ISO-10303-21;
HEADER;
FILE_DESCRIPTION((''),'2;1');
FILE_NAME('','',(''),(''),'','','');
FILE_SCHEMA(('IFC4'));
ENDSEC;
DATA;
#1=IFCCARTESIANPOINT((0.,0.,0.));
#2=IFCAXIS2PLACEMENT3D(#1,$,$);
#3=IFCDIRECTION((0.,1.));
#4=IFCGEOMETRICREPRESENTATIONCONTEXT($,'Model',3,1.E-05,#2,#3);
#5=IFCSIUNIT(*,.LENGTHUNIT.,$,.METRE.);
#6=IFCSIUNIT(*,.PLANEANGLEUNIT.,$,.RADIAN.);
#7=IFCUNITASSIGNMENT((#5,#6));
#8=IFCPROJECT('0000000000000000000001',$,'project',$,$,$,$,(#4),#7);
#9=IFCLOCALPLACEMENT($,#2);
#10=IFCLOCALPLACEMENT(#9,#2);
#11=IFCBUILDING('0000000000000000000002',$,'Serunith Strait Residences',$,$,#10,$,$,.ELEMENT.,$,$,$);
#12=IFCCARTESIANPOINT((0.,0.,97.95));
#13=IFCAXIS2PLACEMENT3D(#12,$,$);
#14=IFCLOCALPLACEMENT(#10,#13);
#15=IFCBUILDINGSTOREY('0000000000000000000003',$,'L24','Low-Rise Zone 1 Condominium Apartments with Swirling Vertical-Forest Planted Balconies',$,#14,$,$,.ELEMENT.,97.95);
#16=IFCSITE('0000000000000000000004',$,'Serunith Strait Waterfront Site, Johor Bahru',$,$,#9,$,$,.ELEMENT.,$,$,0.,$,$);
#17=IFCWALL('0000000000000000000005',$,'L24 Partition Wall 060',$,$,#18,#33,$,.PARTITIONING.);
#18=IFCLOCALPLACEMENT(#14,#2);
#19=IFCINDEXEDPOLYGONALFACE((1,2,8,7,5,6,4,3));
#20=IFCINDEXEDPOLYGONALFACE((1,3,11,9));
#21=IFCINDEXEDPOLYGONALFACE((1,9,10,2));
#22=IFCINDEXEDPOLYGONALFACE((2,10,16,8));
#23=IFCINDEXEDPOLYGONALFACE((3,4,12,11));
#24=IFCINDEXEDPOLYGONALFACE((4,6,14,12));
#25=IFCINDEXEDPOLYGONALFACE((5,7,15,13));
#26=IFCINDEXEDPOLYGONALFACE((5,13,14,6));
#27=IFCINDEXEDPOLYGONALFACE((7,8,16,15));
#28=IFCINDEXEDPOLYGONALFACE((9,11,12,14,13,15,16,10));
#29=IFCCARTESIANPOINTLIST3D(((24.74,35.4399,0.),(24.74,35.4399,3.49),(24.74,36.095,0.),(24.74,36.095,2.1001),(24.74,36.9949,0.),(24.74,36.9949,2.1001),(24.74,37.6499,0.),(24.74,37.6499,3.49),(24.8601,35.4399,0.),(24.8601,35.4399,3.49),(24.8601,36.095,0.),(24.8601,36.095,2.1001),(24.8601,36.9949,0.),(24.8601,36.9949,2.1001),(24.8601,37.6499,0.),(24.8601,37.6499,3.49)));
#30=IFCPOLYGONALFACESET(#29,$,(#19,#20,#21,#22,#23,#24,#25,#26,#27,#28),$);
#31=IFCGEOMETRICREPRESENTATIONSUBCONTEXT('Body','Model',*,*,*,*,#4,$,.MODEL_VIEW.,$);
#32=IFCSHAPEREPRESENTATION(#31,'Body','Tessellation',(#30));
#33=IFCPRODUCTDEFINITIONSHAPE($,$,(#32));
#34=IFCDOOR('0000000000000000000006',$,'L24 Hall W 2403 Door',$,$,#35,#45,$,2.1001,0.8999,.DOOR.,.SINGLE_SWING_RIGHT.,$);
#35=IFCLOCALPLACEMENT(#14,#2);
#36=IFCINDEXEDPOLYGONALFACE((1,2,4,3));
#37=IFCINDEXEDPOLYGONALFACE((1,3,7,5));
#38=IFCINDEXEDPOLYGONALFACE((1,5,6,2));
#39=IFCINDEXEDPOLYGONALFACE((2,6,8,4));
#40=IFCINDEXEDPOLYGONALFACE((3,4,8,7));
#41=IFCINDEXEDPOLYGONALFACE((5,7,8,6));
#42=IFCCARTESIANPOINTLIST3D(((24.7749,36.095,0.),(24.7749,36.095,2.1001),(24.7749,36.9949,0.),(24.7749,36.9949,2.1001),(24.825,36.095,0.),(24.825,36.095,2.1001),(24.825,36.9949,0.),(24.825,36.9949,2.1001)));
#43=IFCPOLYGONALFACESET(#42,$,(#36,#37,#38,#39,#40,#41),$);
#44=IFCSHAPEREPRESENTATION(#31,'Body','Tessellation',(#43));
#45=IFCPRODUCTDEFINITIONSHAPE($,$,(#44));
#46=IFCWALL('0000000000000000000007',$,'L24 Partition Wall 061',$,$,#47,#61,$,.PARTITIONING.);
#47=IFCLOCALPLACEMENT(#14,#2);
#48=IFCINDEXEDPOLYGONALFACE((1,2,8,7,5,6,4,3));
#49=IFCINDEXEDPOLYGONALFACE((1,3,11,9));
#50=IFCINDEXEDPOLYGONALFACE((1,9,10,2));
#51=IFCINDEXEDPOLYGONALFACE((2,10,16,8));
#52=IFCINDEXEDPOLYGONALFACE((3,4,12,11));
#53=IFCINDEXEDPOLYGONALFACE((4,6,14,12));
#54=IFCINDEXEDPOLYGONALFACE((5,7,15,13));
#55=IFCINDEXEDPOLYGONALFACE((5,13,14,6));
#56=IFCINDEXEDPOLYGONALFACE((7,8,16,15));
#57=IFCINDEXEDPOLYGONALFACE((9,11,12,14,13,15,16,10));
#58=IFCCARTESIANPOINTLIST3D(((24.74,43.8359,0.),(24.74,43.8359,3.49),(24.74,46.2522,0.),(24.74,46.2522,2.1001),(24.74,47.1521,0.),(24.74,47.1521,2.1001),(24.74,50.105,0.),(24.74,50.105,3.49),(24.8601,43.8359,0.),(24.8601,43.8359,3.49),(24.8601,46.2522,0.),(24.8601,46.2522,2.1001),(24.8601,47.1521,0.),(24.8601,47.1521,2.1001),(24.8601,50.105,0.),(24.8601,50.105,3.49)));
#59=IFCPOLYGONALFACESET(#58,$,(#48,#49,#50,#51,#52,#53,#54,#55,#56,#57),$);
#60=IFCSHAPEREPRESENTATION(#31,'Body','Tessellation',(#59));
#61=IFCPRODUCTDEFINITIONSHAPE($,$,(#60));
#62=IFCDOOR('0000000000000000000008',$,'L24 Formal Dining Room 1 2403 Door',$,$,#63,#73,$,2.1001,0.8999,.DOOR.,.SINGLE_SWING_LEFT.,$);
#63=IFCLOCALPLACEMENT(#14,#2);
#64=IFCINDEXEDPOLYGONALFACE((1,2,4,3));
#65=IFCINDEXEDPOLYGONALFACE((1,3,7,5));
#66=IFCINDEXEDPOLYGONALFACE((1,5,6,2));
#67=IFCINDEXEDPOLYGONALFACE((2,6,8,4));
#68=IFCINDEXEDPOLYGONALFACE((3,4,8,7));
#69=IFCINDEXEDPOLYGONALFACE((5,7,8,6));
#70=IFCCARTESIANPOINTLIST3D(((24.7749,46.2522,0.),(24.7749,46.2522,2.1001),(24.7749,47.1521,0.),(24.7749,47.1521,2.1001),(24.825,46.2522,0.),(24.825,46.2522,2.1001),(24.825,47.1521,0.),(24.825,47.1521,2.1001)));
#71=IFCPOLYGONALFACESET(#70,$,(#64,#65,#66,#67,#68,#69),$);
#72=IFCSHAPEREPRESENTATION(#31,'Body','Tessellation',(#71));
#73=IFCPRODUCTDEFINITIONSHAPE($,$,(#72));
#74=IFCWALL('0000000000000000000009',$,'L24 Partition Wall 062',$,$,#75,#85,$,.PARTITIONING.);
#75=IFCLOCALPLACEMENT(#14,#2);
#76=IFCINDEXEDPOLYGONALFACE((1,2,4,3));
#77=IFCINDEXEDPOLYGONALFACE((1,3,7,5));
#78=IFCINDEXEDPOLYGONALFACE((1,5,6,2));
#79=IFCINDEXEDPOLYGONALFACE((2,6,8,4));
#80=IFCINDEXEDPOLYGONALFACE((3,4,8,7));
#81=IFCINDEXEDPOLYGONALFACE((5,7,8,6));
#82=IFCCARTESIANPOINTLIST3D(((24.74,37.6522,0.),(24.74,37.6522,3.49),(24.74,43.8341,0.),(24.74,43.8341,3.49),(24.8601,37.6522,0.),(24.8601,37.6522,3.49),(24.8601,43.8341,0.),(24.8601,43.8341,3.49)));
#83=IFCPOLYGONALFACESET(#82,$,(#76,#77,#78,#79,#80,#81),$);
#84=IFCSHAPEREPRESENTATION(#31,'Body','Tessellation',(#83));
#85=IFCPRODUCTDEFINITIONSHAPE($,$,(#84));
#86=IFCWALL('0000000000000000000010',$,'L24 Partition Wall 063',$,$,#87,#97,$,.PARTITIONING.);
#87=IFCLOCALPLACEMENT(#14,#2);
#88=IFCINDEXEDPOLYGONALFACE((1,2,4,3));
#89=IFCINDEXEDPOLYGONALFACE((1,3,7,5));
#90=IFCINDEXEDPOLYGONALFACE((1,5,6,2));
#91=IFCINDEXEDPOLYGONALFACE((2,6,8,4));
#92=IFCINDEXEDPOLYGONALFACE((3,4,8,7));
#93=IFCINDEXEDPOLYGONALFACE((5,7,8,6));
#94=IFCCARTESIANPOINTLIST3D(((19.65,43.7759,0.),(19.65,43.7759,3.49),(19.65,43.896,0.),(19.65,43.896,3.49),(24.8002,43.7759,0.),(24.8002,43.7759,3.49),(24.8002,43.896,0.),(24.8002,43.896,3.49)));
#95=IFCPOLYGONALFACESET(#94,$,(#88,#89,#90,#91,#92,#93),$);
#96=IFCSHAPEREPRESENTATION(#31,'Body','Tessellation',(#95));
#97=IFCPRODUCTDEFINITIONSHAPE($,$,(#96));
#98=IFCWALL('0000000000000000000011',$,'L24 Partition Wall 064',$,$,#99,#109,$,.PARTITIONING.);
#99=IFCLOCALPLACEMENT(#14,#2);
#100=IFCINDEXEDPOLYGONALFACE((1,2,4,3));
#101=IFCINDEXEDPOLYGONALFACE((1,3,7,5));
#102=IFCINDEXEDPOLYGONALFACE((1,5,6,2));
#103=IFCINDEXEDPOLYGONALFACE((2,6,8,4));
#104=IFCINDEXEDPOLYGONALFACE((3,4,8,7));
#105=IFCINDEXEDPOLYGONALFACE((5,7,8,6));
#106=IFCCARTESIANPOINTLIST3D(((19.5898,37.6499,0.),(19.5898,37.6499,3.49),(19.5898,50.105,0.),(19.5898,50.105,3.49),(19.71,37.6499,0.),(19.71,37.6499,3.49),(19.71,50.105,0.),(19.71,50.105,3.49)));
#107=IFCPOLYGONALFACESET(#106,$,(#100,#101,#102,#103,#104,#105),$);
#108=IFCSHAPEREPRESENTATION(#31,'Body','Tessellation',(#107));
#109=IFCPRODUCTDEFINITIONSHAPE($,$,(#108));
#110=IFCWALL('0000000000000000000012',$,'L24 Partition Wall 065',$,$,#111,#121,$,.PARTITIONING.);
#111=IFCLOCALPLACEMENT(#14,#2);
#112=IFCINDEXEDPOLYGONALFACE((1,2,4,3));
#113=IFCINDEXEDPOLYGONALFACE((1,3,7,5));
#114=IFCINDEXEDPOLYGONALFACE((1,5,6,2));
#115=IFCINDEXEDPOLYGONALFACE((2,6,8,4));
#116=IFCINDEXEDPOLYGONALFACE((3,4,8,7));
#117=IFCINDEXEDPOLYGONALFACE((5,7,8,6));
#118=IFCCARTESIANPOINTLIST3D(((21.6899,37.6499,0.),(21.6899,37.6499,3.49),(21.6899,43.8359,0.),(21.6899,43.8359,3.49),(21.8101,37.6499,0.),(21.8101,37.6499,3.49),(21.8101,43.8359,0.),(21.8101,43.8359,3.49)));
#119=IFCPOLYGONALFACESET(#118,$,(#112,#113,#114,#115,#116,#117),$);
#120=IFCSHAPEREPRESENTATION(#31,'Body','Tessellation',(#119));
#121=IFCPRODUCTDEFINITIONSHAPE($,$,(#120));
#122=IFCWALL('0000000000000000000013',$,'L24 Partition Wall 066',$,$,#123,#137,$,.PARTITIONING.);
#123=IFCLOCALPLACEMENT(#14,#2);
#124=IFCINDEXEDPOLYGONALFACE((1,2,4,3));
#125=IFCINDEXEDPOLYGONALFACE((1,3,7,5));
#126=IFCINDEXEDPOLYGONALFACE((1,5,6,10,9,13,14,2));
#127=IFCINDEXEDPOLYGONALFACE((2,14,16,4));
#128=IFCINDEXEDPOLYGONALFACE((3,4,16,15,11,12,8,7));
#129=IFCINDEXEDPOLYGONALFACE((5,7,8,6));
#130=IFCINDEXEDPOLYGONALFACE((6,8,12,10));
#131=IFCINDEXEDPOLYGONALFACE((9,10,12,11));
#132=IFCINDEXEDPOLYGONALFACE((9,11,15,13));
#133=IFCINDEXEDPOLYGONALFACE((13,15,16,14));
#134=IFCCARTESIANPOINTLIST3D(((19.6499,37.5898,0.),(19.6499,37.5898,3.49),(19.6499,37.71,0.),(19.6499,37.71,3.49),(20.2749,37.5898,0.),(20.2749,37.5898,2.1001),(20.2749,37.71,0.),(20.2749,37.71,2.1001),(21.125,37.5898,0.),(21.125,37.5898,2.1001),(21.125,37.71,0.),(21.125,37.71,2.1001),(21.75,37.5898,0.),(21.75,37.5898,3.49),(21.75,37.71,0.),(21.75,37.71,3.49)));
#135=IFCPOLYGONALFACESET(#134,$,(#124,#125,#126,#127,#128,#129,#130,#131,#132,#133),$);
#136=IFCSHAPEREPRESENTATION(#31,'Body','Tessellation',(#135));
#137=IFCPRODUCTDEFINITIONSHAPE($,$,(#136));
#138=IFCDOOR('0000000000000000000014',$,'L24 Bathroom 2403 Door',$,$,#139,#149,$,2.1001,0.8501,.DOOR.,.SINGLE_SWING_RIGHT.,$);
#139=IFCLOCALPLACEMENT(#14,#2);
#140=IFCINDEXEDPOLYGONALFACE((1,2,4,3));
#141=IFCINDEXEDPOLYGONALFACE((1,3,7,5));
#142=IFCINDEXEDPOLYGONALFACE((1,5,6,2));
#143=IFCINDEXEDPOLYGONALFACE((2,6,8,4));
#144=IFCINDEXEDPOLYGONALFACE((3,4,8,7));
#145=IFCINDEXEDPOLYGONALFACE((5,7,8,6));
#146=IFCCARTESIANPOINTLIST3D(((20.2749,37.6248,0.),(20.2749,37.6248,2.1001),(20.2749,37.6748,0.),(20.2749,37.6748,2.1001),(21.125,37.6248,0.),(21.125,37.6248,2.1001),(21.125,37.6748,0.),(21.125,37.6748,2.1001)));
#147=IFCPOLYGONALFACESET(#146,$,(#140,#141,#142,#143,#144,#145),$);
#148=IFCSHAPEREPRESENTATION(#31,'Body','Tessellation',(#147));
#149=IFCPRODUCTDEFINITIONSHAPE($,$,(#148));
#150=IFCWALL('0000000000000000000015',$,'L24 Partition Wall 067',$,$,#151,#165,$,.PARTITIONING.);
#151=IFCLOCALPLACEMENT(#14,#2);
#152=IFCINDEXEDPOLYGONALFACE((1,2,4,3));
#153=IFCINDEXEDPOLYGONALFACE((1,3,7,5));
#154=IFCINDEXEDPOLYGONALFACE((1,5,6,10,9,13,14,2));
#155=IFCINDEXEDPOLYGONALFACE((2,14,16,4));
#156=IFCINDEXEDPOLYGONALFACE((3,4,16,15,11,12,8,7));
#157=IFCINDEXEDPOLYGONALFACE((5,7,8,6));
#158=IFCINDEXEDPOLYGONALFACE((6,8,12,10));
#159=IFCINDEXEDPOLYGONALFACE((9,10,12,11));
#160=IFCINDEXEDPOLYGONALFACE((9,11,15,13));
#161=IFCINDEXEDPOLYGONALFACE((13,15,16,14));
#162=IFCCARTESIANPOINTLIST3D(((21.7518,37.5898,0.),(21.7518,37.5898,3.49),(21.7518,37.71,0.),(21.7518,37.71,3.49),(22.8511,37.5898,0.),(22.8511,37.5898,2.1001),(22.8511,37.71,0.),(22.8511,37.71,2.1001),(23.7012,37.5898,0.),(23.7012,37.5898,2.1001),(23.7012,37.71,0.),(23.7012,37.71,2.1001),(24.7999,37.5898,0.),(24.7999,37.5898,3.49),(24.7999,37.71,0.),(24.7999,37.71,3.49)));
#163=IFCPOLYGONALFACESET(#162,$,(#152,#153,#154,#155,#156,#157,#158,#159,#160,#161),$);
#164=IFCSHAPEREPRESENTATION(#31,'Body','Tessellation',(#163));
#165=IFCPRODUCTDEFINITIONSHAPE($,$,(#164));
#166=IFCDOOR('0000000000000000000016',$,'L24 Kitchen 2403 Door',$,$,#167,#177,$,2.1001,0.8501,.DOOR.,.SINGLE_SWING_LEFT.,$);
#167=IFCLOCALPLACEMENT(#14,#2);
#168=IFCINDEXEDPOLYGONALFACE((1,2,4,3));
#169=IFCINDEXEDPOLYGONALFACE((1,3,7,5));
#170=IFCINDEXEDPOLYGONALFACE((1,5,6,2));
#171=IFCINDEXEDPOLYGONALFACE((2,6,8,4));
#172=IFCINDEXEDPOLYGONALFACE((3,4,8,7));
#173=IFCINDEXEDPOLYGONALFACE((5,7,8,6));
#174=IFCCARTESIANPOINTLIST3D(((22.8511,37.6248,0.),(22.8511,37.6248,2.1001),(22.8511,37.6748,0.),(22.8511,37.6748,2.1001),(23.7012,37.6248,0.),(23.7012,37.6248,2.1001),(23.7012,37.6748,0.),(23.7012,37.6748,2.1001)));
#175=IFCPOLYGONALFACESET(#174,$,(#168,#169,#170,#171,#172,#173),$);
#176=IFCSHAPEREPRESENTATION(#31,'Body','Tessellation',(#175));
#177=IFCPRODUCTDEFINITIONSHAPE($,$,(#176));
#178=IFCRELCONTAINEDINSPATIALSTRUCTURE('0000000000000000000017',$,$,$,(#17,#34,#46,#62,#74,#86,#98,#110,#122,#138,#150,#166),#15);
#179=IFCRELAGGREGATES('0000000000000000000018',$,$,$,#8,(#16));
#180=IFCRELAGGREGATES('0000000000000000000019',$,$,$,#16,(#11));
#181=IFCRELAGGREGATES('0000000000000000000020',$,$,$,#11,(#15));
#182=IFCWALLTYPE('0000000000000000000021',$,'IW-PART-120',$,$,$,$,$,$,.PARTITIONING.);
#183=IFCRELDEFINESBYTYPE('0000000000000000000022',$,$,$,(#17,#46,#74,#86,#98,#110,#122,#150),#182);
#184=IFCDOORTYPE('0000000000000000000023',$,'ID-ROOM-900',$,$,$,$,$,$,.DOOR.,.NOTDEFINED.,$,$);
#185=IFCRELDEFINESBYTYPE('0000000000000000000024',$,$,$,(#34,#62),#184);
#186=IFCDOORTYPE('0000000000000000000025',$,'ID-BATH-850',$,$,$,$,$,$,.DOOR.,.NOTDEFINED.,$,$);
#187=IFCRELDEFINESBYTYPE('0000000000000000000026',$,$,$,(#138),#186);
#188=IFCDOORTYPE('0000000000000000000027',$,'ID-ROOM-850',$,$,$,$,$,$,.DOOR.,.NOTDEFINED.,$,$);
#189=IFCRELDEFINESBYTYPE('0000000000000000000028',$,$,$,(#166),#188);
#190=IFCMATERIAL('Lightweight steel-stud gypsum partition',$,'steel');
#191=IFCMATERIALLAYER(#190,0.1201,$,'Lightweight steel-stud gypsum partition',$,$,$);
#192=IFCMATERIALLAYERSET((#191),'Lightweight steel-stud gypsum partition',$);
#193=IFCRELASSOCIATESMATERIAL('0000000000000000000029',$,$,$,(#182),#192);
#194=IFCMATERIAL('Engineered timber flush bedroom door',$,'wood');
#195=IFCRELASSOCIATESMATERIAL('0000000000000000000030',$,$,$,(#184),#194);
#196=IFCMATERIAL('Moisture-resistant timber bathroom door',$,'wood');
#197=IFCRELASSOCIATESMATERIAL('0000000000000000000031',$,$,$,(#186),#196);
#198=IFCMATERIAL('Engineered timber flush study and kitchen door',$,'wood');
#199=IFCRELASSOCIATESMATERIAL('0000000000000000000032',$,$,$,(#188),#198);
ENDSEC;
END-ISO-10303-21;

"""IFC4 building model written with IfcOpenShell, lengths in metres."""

from ifc_helpers import new_model, si_unit, direction, frame, frame_2d, origin, place, context, subcontext, project, spatial, rectangle, extrude, source, transform, mapped, material, layer, layer_set, type_object, element, fill, save


model = new_model("IFC4")

# Units and contexts
model_context = context("Model", 3, precision=1e-05, world=origin(), true_north=direction((0.0, 1.0)))
body_context = subcontext(model_context, "Body", "Model", "MODEL_VIEW")
ifc_project = project(units=[si_unit("LENGTHUNIT", "METRE"), si_unit("PLANEANGLEUNIT", "RADIAN")], contexts=[model_context])

# Site, building, storey
site_placement = place(None, origin())
site = spatial("IfcSite", under=ifc_project, at=site_placement, Name="Serunith Strait Waterfront Site, Johor Bahru", CompositionType="ELEMENT", RefElevation=0.0)
building_placement = place(site_placement, origin())
building = spatial("IfcBuilding", under=site, at=building_placement, Name="Serunith Strait Residences", CompositionType="ELEMENT")
storey_placement = place(building_placement, frame((0.0, 0.0, 97.95)))
storey = spatial("IfcBuildingStorey", under=building, at=storey_placement, Name="L24", Description="Low-Rise Zone 1 Condominium Apartments with Swirling Vertical-Forest Planted Balconies", CompositionType="ELEMENT", Elevation=97.95)

# Walls, openings, doors
ifc_material_1 = material(Name="Lightweight steel-stud gypsum partition", Category="steel")
ifc_layer_1 = layer(ifc_material_1, 0.1201, Name="Lightweight steel-stud gypsum partition")
ifc_layer_set_1 = layer_set([ifc_layer_1], Name="Lightweight steel-stud gypsum partition")
wall_type = type_object("IfcWallType", Name="IW-PART-120", PredefinedType="PARTITIONING", material=ifc_layer_set_1)
wall_1_placement = place(storey_placement, frame((24.8, 37.6499, 0.0), z_axis=(0.0, 0.0, 1.0), x_axis=(0.0, -1.0, 0.0)))
wall_1 = element("IfcWall", 1, at=wall_1_placement, inside=storey, type_object=wall_type, Name="L24 Partition Wall 060", PredefinedType="PARTITIONING", context=body_context, shape_type="SweptSolid", body=[
    extrude(rectangle(XDim=2.21, YDim=0.1201, at=frame_2d((1.105, 0.0))), origin(), (0.0, 0.0, 1.0), 3.49),
])
opening_1_placement = place(wall_1_placement, frame((0.655, 0.0, 0.0)))
opening_1 = element("IfcOpeningElement", 2, at=opening_1_placement, cuts=wall_1, PredefinedType="OPENING", context=body_context, shape_type="SweptSolid", body=[
    extrude(rectangle(XDim=0.8999, YDim=2.1001, at=frame_2d((0.45, 1.05))), frame((0.0, 0.0701, 0.0), z_axis=(0.0, -1.0, 0.0), x_axis=(1.0, 0.0, 0.0)), (0.0, 0.0, 1.0), 0.1401),
])
ifc_material_2 = material(Name="Engineered timber flush bedroom door", Category="wood")
door_type_1 = type_object("IfcDoorType", Name="ID-ROOM-900", OperationType="NOTDEFINED", PredefinedType="DOOR", material=ifc_material_2)
shared_shape_1 = source(origin(), body_context, "Body", "SweptSolid", [
    extrude(rectangle(XDim=0.8999, YDim=2.1001, at=frame_2d((0.45, 1.05))), frame((0.0, 0.0249, 0.0), z_axis=(0.0, -1.0, 0.0), x_axis=(1.0, 0.0, 0.0)), (0.0, 0.0, 1.0), 0.05),
])
door_1_placement = place(opening_1_placement, origin())
door_1 = element("IfcDoor", 3, at=door_1_placement, inside=storey, type_object=door_type_1, Name="L24 Hall W 2403 Door", OperationType="SINGLE_SWING_RIGHT", OverallHeight=2.1001, OverallWidth=0.8999, PredefinedType="DOOR", context=body_context, shape_type="MappedRepresentation", body=[
    mapped(shared_shape_1, transform((0.0, 0.0, 0.0), scale=1.0)),
])
fill(opening_1, door_1)
wall_2_placement = place(storey_placement, frame((24.8, 50.105, 0.0), z_axis=(0.0, 0.0, 1.0), x_axis=(0.0, -1.0, 0.0)))
wall_2 = element("IfcWall", 4, at=wall_2_placement, inside=storey, type_object=wall_type, Name="L24 Partition Wall 061", PredefinedType="PARTITIONING", context=body_context, shape_type="SweptSolid", body=[
    extrude(rectangle(XDim=6.269, YDim=0.1201, at=frame_2d((3.1345, 0.0))), origin(), (0.0, 0.0, 1.0), 3.49),
])
opening_2_placement = place(wall_2_placement, frame((2.9529, 0.0, 0.0)))
opening_2 = element("IfcOpeningElement", 5, at=opening_2_placement, cuts=wall_2, PredefinedType="OPENING", context=body_context, shape_type="SweptSolid", body=[
    extrude(rectangle(XDim=0.8999, YDim=2.1001, at=frame_2d((0.45, 1.05))), frame((0.0, 0.0701, 0.0), z_axis=(0.0, -1.0, 0.0), x_axis=(1.0, 0.0, 0.0)), (0.0, 0.0, 1.0), 0.1401),
])
door_2_placement = place(opening_2_placement, origin())
door_2 = element("IfcDoor", 6, at=door_2_placement, inside=storey, type_object=door_type_1, Name="L24 Formal Dining Room 1 2403 Door", OperationType="SINGLE_SWING_LEFT", OverallHeight=2.1001, OverallWidth=0.8999, PredefinedType="DOOR", context=body_context, shape_type="MappedRepresentation", body=[
    mapped(shared_shape_1, transform((0.0, 0.0, 0.0), scale=1.0)),
])
fill(opening_2, door_2)

# Walls
wall_3_placement = place(storey_placement, frame((24.8, 43.834, 0.0), z_axis=(0.0, 0.0, 1.0), x_axis=(0.0, -1.0, 0.0)))
element("IfcWall", 7, at=wall_3_placement, inside=storey, type_object=wall_type, Name="L24 Partition Wall 062", PredefinedType="PARTITIONING", context=body_context, shape_type="SweptSolid", body=[
    extrude(rectangle(XDim=6.1819, YDim=0.1201, at=frame_2d((3.0908, 0.0))), origin(), (0.0, 0.0, 1.0), 3.49),
])
wall_4_placement = place(storey_placement, frame((19.6499, 43.8359, 0.0), z_axis=(0.0, 0.0, 1.0), x_axis=(1.0, 0.0, 0.0)))
element("IfcWall", 8, at=wall_4_placement, inside=storey, type_object=wall_type, Name="L24 Partition Wall 063", PredefinedType="PARTITIONING", context=body_context, shape_type="SweptSolid", body=[
    extrude(rectangle(XDim=5.1501, YDim=0.1201, at=frame_2d((2.5752, 0.0))), origin(), (0.0, 0.0, 1.0), 3.49),
])
wall_5_placement = place(storey_placement, frame((19.6499, 50.105, 0.0), z_axis=(0.0, 0.0, 1.0), x_axis=(0.0, -1.0, 0.0)))
element("IfcWall", 9, at=wall_5_placement, inside=storey, type_object=wall_type, Name="L24 Partition Wall 064", PredefinedType="PARTITIONING", context=body_context, shape_type="SweptSolid", body=[
    extrude(rectangle(XDim=12.4551, YDim=0.1201, at=frame_2d((6.2275, 0.0))), origin(), (0.0, 0.0, 1.0), 3.49),
])
wall_6_placement = place(storey_placement, frame((21.75, 43.8359, 0.0), z_axis=(0.0, 0.0, 1.0), x_axis=(0.0, -1.0, 0.0)))
element("IfcWall", 10, at=wall_6_placement, inside=storey, type_object=wall_type, Name="L24 Partition Wall 065", PredefinedType="PARTITIONING", context=body_context, shape_type="SweptSolid", body=[
    extrude(rectangle(XDim=6.186, YDim=0.1201, at=frame_2d((3.093, 0.0))), origin(), (0.0, 0.0, 1.0), 3.49),
])

# Walls, openings, doors
wall_7_placement = place(storey_placement, frame((19.6499, 37.6499, 0.0), z_axis=(0.0, 0.0, 1.0), x_axis=(1.0, 0.0, 0.0)))
wall_7 = element("IfcWall", 11, at=wall_7_placement, inside=storey, type_object=wall_type, Name="L24 Partition Wall 066", PredefinedType="PARTITIONING", context=body_context, shape_type="SweptSolid", body=[
    extrude(rectangle(XDim=2.1001, YDim=0.1201, at=frame_2d((1.05, 0.0))), origin(), (0.0, 0.0, 1.0), 3.49),
])
opening_3_placement = place(wall_7_placement, frame((0.625, 0.0, 0.0)))
opening_3 = element("IfcOpeningElement", 12, at=opening_3_placement, cuts=wall_7, PredefinedType="OPENING", context=body_context, shape_type="SweptSolid", body=[
    extrude(rectangle(XDim=0.8501, YDim=2.1001, at=frame_2d((0.425, 1.05))), frame((0.0, 0.0701, 0.0), z_axis=(0.0, -1.0, 0.0), x_axis=(1.0, 0.0, 0.0)), (0.0, 0.0, 1.0), 0.1401),
])
ifc_material_3 = material(Name="Moisture-resistant timber bathroom door", Category="wood")
door_type_2 = type_object("IfcDoorType", Name="ID-BATH-850", OperationType="NOTDEFINED", PredefinedType="DOOR", material=ifc_material_3)
shared_shape_2 = source(origin(), body_context, "Body", "SweptSolid", [
    extrude(rectangle(XDim=0.8501, YDim=2.1001, at=frame_2d((0.425, 1.05))), frame((0.0, 0.0249, 0.0), z_axis=(0.0, -1.0, 0.0), x_axis=(1.0, 0.0, 0.0)), (0.0, 0.0, 1.0), 0.05),
])
door_3_placement = place(opening_3_placement, origin())
door_3 = element("IfcDoor", 13, at=door_3_placement, inside=storey, type_object=door_type_2, Name="L24 Bathroom 2403 Door", OperationType="SINGLE_SWING_RIGHT", OverallHeight=2.1001, OverallWidth=0.8501, PredefinedType="DOOR", context=body_context, shape_type="MappedRepresentation", body=[
    mapped(shared_shape_2, transform((0.0, 0.0, 0.0), scale=1.0)),
])
fill(opening_3, door_3)
wall_8_placement = place(storey_placement, frame((21.752, 37.6499, 0.0), z_axis=(0.0, 0.0, 1.0), x_axis=(1.0, 0.0, 0.0)))
wall_8 = element("IfcWall", 14, at=wall_8_placement, inside=storey, type_object=wall_type, Name="L24 Partition Wall 067", PredefinedType="PARTITIONING", context=body_context, shape_type="SweptSolid", body=[
    extrude(rectangle(XDim=3.0481, YDim=0.1201, at=frame_2d((1.5239, 0.0))), origin(), (0.0, 0.0, 1.0), 3.49),
])
opening_4_placement = place(wall_8_placement, frame((1.0991, 0.0, 0.0)))
opening_4 = element("IfcOpeningElement", 15, at=opening_4_placement, cuts=wall_8, PredefinedType="OPENING", context=body_context, shape_type="SweptSolid", body=[
    extrude(rectangle(XDim=0.8501, YDim=2.1001, at=frame_2d((0.425, 1.05))), frame((0.0, 0.0701, 0.0), z_axis=(0.0, -1.0, 0.0), x_axis=(1.0, 0.0, 0.0)), (0.0, 0.0, 1.0), 0.1401),
])
ifc_material_4 = material(Name="Engineered timber flush study and kitchen door", Category="wood")
door_type_3 = type_object("IfcDoorType", Name="ID-ROOM-850", OperationType="NOTDEFINED", PredefinedType="DOOR", material=ifc_material_4)
door_4_placement = place(opening_4_placement, origin())
door_4 = element("IfcDoor", 16, at=door_4_placement, inside=storey, type_object=door_type_3, Name="L24 Kitchen 2403 Door", OperationType="SINGLE_SWING_LEFT", OverallHeight=2.1001, OverallWidth=0.8501, PredefinedType="DOOR", context=body_context, shape_type="MappedRepresentation", body=[
    mapped(shared_shape_2, transform((0.0, 0.0, 0.0), scale=1.0)),
])
fill(opening_4, door_4)

save(model, "model.ifc")
